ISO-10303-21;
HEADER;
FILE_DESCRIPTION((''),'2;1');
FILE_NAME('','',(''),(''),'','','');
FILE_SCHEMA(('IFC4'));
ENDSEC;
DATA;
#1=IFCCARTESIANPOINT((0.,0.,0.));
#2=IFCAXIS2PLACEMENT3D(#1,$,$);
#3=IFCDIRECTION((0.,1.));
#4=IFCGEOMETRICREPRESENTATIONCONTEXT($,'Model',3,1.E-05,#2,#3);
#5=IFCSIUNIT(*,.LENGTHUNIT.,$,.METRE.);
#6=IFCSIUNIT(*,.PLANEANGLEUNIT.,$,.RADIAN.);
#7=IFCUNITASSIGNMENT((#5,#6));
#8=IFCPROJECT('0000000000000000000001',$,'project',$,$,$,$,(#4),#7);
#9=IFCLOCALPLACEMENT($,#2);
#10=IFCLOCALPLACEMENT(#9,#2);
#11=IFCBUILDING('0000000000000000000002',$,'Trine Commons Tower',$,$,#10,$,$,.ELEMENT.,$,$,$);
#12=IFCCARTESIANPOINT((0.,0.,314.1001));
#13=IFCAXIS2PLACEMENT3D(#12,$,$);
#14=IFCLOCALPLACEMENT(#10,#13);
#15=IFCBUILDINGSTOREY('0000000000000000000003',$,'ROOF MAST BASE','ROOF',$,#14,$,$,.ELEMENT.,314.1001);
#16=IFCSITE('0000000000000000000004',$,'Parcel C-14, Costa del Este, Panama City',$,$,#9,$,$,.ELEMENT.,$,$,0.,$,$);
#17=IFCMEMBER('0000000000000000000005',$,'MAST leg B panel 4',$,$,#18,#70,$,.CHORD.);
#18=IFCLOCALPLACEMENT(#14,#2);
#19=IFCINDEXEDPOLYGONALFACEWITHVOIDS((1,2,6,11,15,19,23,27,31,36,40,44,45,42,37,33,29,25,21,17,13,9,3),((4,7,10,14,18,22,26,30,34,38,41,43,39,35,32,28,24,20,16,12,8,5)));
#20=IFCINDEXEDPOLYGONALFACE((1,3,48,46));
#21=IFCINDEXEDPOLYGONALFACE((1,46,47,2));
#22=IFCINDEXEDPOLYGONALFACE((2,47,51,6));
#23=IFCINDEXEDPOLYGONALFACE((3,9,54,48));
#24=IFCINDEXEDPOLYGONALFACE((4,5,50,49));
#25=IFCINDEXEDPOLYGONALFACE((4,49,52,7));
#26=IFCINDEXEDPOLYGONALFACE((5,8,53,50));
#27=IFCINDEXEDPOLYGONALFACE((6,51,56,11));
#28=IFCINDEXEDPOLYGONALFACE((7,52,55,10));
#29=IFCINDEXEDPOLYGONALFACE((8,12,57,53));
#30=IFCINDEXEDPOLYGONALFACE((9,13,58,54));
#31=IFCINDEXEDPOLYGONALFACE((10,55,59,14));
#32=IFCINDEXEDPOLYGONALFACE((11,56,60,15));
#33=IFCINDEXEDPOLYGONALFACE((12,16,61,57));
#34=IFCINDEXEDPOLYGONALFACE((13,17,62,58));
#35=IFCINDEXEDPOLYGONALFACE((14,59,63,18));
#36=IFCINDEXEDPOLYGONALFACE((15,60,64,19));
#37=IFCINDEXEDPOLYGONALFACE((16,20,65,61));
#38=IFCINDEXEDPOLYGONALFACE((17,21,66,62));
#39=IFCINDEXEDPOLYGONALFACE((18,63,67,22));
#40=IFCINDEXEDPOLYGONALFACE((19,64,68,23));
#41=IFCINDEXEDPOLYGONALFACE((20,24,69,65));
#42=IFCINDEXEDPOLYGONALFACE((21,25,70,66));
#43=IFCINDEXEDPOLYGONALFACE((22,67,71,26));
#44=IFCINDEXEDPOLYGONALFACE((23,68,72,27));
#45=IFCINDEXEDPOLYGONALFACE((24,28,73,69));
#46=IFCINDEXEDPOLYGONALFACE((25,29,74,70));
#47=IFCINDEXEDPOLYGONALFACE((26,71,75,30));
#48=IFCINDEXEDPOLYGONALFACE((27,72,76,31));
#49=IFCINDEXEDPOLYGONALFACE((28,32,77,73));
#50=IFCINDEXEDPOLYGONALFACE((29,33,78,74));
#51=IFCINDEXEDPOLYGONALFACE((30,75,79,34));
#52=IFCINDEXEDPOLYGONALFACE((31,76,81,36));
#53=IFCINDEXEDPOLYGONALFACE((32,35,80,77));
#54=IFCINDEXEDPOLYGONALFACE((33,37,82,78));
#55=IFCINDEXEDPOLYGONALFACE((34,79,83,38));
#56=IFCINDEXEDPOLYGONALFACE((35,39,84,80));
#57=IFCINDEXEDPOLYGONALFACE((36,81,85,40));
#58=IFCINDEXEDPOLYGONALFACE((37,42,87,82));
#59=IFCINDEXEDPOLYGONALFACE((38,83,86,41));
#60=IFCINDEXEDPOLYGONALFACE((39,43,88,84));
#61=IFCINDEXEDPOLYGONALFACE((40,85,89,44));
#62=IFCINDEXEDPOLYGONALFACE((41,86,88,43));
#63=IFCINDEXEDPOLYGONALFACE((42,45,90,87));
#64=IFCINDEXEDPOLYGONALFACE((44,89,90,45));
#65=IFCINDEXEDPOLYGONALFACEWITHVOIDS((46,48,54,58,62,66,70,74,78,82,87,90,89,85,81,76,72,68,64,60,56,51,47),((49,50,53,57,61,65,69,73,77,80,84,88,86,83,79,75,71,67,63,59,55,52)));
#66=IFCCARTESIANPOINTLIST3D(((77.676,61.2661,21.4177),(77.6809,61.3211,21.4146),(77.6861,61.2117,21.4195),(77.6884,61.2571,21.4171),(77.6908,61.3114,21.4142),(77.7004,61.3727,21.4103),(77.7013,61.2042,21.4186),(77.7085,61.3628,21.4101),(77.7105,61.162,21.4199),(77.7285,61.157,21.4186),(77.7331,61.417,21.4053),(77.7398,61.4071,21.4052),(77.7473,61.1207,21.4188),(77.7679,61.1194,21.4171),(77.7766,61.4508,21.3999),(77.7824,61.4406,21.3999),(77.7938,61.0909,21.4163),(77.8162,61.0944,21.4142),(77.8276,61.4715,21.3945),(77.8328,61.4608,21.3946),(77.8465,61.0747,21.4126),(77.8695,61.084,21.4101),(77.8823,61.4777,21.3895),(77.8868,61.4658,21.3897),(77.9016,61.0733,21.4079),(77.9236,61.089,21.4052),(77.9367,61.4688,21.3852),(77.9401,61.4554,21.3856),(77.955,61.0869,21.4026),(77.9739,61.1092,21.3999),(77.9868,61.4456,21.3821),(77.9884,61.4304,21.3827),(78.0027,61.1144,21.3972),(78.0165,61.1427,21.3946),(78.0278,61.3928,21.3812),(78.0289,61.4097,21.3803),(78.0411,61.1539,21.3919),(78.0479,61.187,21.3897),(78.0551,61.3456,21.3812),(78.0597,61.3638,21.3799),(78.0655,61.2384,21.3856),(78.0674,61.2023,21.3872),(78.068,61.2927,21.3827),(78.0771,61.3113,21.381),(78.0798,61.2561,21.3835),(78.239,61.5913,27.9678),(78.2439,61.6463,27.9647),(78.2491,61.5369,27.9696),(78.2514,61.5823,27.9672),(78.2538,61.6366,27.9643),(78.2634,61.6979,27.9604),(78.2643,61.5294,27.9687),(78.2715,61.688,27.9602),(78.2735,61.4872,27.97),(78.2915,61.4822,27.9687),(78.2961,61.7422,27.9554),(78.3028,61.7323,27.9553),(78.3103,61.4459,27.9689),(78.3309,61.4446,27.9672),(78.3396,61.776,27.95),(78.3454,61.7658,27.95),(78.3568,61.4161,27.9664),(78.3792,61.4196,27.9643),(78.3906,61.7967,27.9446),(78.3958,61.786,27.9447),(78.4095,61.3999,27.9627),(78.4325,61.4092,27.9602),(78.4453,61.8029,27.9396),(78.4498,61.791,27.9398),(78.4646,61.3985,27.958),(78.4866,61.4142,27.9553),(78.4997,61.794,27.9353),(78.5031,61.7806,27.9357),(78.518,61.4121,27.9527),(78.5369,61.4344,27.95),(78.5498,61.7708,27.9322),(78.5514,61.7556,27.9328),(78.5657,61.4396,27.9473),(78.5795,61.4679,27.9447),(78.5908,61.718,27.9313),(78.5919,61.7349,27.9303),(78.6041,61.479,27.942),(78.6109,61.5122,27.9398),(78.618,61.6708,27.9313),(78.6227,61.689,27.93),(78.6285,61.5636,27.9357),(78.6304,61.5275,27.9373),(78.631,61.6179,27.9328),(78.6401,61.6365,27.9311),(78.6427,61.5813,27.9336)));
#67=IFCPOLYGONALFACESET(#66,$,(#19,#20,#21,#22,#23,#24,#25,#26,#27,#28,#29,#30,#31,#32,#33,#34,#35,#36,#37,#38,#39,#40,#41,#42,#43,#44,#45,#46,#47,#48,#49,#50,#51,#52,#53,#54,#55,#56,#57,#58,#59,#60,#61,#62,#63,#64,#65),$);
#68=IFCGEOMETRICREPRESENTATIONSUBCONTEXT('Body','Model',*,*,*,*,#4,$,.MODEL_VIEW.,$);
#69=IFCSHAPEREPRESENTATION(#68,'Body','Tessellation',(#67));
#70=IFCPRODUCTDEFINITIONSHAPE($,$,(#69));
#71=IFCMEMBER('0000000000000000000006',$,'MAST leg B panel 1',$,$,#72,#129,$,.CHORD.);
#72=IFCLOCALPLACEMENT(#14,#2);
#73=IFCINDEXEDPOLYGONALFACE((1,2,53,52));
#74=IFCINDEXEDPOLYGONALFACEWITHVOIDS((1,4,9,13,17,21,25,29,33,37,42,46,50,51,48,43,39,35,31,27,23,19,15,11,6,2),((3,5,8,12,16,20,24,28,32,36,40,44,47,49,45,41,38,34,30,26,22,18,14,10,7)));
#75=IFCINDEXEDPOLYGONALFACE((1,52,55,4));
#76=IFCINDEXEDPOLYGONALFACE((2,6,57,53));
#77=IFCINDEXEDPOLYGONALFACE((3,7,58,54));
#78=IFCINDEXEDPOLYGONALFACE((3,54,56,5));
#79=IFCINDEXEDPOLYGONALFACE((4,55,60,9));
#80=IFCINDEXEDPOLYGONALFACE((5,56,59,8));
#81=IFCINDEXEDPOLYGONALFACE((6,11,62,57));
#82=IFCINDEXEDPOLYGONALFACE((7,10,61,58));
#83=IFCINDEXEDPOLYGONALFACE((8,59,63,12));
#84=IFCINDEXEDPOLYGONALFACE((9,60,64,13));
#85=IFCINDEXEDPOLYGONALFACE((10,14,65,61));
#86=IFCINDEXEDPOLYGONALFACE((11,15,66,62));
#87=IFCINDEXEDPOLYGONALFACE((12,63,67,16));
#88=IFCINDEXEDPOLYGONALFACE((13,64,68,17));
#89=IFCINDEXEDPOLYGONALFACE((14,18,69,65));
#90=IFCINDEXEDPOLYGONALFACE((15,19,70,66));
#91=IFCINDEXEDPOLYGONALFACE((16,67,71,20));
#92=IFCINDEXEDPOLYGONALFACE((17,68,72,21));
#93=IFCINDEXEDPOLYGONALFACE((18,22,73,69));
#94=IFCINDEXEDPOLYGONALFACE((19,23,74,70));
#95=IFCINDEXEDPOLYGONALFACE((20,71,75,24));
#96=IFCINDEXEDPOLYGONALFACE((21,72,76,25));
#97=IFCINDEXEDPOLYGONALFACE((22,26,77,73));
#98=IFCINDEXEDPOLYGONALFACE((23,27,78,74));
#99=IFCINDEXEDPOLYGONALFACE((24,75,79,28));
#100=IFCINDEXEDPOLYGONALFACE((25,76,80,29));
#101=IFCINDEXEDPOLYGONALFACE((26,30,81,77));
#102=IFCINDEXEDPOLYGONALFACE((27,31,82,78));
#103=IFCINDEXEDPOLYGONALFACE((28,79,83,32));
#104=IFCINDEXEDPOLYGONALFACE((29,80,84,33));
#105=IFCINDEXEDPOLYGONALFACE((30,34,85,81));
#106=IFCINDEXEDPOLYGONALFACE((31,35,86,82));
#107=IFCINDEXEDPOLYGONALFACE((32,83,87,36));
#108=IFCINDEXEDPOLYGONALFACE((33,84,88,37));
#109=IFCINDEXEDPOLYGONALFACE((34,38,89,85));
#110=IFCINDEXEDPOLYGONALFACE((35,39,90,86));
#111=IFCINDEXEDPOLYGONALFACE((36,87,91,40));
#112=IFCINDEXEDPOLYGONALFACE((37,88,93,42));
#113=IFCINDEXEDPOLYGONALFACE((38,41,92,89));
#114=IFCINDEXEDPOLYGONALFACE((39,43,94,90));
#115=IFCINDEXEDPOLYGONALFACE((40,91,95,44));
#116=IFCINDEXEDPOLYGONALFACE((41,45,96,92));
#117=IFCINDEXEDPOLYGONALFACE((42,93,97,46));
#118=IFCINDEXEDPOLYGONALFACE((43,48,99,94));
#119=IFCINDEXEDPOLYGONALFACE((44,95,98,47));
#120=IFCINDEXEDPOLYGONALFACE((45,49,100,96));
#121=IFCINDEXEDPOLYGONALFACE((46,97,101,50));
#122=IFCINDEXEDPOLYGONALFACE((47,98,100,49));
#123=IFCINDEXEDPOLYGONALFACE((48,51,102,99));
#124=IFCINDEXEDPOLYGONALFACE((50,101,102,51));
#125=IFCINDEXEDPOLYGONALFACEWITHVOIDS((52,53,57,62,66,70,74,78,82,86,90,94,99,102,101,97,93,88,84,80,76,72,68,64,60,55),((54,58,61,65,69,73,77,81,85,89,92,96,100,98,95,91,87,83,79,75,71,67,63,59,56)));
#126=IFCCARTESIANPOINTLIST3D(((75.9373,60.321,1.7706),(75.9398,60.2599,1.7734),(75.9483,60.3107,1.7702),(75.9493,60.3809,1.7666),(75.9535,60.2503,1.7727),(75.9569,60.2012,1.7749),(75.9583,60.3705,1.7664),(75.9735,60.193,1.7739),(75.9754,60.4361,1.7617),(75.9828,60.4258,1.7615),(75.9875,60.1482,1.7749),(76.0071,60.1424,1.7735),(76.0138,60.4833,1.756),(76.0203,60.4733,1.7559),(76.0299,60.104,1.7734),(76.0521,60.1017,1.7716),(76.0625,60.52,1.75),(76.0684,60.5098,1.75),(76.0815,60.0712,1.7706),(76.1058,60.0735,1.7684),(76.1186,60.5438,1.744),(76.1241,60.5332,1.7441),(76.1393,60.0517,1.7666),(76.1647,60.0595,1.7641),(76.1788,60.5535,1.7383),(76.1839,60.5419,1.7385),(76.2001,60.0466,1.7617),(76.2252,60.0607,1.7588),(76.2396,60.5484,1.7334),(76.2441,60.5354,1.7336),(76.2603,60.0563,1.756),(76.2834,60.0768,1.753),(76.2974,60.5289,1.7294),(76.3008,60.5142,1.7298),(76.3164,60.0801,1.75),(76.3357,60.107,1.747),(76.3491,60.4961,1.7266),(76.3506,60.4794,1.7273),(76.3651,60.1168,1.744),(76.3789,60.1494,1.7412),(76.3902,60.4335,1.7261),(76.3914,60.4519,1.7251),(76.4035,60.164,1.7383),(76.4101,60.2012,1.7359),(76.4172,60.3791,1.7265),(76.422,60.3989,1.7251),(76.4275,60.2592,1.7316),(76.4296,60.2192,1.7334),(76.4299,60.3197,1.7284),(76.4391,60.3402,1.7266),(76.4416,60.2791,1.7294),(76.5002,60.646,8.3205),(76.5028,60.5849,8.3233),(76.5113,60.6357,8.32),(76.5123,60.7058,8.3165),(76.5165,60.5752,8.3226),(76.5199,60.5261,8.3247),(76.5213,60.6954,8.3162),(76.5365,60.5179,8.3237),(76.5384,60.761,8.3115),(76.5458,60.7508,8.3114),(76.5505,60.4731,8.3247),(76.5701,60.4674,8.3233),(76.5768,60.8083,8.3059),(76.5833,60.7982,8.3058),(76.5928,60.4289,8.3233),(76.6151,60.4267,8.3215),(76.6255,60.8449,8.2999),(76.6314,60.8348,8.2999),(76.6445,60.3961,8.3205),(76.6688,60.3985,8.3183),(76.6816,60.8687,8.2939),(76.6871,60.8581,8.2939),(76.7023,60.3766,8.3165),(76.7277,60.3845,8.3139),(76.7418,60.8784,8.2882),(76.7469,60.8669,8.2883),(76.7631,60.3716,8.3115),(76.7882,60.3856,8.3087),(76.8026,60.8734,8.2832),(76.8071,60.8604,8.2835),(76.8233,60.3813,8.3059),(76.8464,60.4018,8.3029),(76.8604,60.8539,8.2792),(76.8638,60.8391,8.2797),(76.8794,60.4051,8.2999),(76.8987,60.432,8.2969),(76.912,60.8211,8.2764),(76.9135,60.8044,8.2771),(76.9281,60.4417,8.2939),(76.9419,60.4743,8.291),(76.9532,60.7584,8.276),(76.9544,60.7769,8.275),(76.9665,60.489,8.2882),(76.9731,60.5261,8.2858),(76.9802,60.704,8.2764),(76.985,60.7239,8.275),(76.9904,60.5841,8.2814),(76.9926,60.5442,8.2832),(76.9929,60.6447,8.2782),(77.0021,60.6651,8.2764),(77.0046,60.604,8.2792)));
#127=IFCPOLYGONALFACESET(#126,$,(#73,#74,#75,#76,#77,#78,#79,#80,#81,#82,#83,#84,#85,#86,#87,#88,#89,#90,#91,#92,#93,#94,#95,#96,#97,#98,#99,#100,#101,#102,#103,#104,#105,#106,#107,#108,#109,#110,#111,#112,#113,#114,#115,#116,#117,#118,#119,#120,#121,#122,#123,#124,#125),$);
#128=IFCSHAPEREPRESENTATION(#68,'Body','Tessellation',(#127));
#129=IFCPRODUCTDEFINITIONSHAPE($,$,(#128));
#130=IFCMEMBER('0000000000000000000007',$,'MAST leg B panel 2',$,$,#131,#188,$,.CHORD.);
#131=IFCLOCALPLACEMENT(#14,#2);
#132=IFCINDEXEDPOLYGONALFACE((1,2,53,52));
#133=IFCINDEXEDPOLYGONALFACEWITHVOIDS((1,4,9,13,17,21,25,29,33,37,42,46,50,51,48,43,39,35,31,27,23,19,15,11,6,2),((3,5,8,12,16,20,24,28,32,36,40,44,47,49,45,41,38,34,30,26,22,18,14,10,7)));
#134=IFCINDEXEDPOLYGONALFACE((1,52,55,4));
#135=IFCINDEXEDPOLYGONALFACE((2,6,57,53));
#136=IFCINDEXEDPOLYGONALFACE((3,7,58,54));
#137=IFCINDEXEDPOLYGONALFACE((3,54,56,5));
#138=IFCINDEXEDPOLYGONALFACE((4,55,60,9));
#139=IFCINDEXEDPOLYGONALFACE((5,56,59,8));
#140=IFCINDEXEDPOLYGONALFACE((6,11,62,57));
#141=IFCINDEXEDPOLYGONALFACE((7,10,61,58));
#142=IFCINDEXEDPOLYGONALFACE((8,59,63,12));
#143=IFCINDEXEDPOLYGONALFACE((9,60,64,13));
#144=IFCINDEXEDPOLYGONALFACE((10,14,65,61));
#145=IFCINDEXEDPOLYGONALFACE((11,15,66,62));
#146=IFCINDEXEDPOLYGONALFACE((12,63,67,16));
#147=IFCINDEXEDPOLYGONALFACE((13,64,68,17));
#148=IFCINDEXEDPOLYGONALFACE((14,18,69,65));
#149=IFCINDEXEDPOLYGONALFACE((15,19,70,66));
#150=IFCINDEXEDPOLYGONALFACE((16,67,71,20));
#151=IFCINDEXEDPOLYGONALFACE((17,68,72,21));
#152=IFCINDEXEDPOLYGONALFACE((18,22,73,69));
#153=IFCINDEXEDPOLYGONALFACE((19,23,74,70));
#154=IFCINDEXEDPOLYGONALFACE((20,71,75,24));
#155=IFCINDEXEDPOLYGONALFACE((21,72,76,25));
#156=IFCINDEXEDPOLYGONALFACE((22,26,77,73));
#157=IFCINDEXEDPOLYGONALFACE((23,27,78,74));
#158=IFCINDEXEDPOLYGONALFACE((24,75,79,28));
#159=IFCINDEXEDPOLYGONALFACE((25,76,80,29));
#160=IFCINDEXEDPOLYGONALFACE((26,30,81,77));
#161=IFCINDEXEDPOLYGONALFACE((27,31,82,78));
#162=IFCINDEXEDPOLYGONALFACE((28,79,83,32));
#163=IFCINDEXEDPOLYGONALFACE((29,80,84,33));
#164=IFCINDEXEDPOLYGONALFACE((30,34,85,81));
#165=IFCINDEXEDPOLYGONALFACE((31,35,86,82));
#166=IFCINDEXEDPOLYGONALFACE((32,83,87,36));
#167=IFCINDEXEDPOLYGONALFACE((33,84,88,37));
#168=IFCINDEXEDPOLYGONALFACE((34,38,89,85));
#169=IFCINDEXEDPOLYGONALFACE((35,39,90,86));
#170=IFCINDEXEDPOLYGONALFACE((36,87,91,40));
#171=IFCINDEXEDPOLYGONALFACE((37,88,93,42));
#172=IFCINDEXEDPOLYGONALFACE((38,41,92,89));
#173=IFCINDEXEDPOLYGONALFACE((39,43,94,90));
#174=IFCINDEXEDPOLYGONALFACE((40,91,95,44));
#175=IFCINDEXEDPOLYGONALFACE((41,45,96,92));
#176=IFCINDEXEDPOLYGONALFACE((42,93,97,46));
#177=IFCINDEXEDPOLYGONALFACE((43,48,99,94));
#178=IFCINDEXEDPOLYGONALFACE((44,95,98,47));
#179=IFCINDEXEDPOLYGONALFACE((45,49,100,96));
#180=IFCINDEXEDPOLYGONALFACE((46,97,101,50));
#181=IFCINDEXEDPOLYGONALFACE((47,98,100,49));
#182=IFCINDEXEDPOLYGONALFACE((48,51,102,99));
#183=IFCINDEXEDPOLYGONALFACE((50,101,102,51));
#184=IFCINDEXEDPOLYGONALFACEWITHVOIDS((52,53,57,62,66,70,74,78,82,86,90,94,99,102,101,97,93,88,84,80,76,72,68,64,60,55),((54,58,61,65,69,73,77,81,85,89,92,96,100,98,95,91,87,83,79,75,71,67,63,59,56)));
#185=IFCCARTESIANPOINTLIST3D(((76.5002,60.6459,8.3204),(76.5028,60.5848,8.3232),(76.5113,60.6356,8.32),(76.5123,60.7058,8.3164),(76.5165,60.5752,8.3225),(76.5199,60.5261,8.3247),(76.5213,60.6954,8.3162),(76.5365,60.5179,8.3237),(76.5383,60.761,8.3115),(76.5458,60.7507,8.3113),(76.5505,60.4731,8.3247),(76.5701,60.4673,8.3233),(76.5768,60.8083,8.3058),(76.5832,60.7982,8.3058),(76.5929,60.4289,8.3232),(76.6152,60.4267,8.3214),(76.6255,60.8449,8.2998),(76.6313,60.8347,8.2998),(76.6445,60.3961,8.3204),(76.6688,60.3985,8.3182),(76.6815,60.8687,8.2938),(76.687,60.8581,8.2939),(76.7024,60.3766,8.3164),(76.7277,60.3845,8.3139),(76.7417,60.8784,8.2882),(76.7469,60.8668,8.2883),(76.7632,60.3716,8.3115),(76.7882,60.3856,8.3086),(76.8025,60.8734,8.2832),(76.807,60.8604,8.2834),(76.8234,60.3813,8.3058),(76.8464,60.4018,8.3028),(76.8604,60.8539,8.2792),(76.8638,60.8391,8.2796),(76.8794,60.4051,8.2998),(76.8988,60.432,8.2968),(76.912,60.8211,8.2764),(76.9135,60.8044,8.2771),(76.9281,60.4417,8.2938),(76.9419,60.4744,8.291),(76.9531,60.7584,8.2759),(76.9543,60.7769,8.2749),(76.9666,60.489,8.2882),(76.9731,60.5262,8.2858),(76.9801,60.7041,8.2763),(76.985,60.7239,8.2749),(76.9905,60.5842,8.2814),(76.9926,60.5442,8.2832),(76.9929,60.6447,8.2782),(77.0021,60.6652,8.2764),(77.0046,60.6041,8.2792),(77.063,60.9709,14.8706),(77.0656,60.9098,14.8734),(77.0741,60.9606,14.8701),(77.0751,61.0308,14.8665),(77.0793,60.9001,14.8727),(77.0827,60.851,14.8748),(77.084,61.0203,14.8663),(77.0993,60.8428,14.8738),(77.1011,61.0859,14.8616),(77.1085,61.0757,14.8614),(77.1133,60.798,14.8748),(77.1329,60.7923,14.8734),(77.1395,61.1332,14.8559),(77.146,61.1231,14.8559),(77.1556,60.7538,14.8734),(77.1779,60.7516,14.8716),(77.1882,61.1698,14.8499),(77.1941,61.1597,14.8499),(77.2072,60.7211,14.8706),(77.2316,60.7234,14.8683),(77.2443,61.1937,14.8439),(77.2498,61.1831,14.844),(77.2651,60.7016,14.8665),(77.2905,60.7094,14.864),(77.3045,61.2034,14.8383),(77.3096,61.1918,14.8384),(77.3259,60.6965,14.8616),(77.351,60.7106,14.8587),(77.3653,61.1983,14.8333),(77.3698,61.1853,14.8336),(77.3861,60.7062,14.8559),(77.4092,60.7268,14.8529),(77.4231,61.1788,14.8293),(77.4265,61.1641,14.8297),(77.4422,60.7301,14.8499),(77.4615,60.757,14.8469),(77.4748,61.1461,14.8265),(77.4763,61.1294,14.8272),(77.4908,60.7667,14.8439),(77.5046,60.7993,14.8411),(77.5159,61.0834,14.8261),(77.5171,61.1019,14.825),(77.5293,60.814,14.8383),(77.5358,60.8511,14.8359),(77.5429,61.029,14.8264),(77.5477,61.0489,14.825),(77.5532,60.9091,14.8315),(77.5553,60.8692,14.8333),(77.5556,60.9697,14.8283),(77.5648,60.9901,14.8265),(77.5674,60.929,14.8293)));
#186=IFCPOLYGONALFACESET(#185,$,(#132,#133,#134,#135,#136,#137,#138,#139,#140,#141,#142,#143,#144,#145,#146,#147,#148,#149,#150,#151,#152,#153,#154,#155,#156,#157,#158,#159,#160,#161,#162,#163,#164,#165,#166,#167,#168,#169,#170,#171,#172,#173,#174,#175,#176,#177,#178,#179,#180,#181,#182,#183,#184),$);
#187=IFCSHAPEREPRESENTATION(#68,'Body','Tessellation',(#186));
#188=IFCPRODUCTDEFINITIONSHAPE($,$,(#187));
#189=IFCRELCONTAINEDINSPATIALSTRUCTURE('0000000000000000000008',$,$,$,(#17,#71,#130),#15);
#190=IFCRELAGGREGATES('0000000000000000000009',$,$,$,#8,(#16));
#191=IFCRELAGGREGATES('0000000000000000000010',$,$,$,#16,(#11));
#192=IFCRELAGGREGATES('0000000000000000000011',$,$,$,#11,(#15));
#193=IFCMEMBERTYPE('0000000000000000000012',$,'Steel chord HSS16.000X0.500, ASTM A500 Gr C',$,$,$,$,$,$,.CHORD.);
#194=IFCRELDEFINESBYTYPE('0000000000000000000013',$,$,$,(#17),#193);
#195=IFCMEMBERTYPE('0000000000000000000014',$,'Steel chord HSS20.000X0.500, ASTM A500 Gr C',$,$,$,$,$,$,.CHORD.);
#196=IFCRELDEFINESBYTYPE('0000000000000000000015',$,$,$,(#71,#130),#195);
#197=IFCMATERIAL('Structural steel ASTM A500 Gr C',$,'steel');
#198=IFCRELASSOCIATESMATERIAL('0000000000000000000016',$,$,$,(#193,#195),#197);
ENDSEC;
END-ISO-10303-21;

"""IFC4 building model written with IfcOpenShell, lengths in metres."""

from ifc_helpers import new_model, si_unit, direction, frame, origin, origin_2d, place, context, subcontext, project, spatial, hollow_circle, extrude, material, material_profile, profile_set, type_object, element, save


model = new_model("IFC4")

# Units and contexts
model_context = context("Model", 3, precision=1e-05, world=origin(), true_north=direction((0.0, 1.0)))
body_context = subcontext(model_context, "Body", "Model", "MODEL_VIEW")
ifc_project = project(units=[si_unit("LENGTHUNIT", "METRE"), si_unit("PLANEANGLEUNIT", "RADIAN")], contexts=[model_context])

# Site, building, storey
site_placement = place(None, origin())
site = spatial("IfcSite", under=ifc_project, at=site_placement, Name="Parcel C-14, Costa del Este, Panama City", CompositionType="ELEMENT", RefElevation=0.0)
building_placement = place(site_placement, origin())
building = spatial("IfcBuilding", under=site, at=building_placement, Name="Trine Commons Tower", CompositionType="ELEMENT")
storey_placement = place(building_placement, frame((0.0, 0.0, 314.1001)))
storey = spatial("IfcBuildingStorey", under=building, at=storey_placement, Name="ROOF MAST BASE", Description="ROOF", CompositionType="ELEMENT", Elevation=314.1001)

# Members
ifc_material_1 = material(Name="Structural steel ASTM A500 Gr C", Category="steel")
ifc_material_profile_1 = material_profile(ifc_material_1, hollow_circle(Radius=0.2031, WallThickness=0.0117, at=origin_2d()), Name="HSS16.000X0.500")
ifc_profile_set_1 = profile_set([ifc_material_profile_1], Name="Structural steel ASTM A500 Gr C")
member_type_1 = type_object("IfcMemberType", Name="Steel chord HSS16.000X0.500, ASTM A500 Gr C", PredefinedType="CHORD", material=ifc_profile_set_1)
for number, where, z_axis, x_axis, name in (
    (1, (77.8782, 61.2749, 21.3999), (0.085531, 0.049405, 0.99511), (-0.500177, 0.865923, 0.0), "MAST leg B panel 4"),
):
    element("IfcMember", number, at=place(storey_placement, frame(where, z_axis=z_axis, x_axis=x_axis)), inside=storey, type_object=member_type_1, Name=name, PredefinedType="CHORD", context=body_context, shape_type="SweptSolid", body=[
        extrude(hollow_circle(Radius=0.2031, WallThickness=0.0117, at=origin_2d()), origin(), (0.0, 0.0, 1.0), 6.5823),
    ])
ifc_material_profile_2 = material_profile(ifc_material_1, hollow_circle(Radius=0.2539, WallThickness=0.0117, at=origin_2d()), Name="HSS20.000X0.500")
ifc_profile_set_2 = profile_set([ifc_material_profile_2], Name="Structural steel ASTM A500 Gr C")
member_type_2 = type_object("IfcMemberType", Name="Steel chord HSS20.000X0.500, ASTM A500 Gr C", PredefinedType="CHORD", material=ifc_profile_set_2)
member_1_placement = place(storey_placement, frame((76.1895, 60.3, 1.75), z_axis=(0.085535, 0.04937, 0.995111), x_axis=(-0.499896, 0.866086, 0.0)))
element("IfcMember", 2, at=member_1_placement, inside=storey, type_object=member_type_2, Name="MAST leg B panel 1", PredefinedType="CHORD", context=body_context, shape_type="SweptSolid", body=[
    extrude(hollow_circle(Radius=0.2539, WallThickness=0.0117, at=origin_2d()), origin(), (0.0, 0.0, 1.0), 6.582),
])
member_2_placement = place(storey_placement, frame((76.7524, 60.625, 8.2998), z_axis=(0.085495, 0.049368, 0.995115), x_axis=(-0.500059, 0.865992, 0.0)))
element("IfcMember", 3, at=member_2_placement, inside=storey, type_object=member_type_2, Name="MAST leg B panel 2", PredefinedType="CHORD", context=body_context, shape_type="SweptSolid", body=[
    extrude(hollow_circle(Radius=0.2539, WallThickness=0.0117, at=origin_2d()), origin(), (0.0, 0.0, 1.0), 6.5823),
])

save(model, "model.ifc")
